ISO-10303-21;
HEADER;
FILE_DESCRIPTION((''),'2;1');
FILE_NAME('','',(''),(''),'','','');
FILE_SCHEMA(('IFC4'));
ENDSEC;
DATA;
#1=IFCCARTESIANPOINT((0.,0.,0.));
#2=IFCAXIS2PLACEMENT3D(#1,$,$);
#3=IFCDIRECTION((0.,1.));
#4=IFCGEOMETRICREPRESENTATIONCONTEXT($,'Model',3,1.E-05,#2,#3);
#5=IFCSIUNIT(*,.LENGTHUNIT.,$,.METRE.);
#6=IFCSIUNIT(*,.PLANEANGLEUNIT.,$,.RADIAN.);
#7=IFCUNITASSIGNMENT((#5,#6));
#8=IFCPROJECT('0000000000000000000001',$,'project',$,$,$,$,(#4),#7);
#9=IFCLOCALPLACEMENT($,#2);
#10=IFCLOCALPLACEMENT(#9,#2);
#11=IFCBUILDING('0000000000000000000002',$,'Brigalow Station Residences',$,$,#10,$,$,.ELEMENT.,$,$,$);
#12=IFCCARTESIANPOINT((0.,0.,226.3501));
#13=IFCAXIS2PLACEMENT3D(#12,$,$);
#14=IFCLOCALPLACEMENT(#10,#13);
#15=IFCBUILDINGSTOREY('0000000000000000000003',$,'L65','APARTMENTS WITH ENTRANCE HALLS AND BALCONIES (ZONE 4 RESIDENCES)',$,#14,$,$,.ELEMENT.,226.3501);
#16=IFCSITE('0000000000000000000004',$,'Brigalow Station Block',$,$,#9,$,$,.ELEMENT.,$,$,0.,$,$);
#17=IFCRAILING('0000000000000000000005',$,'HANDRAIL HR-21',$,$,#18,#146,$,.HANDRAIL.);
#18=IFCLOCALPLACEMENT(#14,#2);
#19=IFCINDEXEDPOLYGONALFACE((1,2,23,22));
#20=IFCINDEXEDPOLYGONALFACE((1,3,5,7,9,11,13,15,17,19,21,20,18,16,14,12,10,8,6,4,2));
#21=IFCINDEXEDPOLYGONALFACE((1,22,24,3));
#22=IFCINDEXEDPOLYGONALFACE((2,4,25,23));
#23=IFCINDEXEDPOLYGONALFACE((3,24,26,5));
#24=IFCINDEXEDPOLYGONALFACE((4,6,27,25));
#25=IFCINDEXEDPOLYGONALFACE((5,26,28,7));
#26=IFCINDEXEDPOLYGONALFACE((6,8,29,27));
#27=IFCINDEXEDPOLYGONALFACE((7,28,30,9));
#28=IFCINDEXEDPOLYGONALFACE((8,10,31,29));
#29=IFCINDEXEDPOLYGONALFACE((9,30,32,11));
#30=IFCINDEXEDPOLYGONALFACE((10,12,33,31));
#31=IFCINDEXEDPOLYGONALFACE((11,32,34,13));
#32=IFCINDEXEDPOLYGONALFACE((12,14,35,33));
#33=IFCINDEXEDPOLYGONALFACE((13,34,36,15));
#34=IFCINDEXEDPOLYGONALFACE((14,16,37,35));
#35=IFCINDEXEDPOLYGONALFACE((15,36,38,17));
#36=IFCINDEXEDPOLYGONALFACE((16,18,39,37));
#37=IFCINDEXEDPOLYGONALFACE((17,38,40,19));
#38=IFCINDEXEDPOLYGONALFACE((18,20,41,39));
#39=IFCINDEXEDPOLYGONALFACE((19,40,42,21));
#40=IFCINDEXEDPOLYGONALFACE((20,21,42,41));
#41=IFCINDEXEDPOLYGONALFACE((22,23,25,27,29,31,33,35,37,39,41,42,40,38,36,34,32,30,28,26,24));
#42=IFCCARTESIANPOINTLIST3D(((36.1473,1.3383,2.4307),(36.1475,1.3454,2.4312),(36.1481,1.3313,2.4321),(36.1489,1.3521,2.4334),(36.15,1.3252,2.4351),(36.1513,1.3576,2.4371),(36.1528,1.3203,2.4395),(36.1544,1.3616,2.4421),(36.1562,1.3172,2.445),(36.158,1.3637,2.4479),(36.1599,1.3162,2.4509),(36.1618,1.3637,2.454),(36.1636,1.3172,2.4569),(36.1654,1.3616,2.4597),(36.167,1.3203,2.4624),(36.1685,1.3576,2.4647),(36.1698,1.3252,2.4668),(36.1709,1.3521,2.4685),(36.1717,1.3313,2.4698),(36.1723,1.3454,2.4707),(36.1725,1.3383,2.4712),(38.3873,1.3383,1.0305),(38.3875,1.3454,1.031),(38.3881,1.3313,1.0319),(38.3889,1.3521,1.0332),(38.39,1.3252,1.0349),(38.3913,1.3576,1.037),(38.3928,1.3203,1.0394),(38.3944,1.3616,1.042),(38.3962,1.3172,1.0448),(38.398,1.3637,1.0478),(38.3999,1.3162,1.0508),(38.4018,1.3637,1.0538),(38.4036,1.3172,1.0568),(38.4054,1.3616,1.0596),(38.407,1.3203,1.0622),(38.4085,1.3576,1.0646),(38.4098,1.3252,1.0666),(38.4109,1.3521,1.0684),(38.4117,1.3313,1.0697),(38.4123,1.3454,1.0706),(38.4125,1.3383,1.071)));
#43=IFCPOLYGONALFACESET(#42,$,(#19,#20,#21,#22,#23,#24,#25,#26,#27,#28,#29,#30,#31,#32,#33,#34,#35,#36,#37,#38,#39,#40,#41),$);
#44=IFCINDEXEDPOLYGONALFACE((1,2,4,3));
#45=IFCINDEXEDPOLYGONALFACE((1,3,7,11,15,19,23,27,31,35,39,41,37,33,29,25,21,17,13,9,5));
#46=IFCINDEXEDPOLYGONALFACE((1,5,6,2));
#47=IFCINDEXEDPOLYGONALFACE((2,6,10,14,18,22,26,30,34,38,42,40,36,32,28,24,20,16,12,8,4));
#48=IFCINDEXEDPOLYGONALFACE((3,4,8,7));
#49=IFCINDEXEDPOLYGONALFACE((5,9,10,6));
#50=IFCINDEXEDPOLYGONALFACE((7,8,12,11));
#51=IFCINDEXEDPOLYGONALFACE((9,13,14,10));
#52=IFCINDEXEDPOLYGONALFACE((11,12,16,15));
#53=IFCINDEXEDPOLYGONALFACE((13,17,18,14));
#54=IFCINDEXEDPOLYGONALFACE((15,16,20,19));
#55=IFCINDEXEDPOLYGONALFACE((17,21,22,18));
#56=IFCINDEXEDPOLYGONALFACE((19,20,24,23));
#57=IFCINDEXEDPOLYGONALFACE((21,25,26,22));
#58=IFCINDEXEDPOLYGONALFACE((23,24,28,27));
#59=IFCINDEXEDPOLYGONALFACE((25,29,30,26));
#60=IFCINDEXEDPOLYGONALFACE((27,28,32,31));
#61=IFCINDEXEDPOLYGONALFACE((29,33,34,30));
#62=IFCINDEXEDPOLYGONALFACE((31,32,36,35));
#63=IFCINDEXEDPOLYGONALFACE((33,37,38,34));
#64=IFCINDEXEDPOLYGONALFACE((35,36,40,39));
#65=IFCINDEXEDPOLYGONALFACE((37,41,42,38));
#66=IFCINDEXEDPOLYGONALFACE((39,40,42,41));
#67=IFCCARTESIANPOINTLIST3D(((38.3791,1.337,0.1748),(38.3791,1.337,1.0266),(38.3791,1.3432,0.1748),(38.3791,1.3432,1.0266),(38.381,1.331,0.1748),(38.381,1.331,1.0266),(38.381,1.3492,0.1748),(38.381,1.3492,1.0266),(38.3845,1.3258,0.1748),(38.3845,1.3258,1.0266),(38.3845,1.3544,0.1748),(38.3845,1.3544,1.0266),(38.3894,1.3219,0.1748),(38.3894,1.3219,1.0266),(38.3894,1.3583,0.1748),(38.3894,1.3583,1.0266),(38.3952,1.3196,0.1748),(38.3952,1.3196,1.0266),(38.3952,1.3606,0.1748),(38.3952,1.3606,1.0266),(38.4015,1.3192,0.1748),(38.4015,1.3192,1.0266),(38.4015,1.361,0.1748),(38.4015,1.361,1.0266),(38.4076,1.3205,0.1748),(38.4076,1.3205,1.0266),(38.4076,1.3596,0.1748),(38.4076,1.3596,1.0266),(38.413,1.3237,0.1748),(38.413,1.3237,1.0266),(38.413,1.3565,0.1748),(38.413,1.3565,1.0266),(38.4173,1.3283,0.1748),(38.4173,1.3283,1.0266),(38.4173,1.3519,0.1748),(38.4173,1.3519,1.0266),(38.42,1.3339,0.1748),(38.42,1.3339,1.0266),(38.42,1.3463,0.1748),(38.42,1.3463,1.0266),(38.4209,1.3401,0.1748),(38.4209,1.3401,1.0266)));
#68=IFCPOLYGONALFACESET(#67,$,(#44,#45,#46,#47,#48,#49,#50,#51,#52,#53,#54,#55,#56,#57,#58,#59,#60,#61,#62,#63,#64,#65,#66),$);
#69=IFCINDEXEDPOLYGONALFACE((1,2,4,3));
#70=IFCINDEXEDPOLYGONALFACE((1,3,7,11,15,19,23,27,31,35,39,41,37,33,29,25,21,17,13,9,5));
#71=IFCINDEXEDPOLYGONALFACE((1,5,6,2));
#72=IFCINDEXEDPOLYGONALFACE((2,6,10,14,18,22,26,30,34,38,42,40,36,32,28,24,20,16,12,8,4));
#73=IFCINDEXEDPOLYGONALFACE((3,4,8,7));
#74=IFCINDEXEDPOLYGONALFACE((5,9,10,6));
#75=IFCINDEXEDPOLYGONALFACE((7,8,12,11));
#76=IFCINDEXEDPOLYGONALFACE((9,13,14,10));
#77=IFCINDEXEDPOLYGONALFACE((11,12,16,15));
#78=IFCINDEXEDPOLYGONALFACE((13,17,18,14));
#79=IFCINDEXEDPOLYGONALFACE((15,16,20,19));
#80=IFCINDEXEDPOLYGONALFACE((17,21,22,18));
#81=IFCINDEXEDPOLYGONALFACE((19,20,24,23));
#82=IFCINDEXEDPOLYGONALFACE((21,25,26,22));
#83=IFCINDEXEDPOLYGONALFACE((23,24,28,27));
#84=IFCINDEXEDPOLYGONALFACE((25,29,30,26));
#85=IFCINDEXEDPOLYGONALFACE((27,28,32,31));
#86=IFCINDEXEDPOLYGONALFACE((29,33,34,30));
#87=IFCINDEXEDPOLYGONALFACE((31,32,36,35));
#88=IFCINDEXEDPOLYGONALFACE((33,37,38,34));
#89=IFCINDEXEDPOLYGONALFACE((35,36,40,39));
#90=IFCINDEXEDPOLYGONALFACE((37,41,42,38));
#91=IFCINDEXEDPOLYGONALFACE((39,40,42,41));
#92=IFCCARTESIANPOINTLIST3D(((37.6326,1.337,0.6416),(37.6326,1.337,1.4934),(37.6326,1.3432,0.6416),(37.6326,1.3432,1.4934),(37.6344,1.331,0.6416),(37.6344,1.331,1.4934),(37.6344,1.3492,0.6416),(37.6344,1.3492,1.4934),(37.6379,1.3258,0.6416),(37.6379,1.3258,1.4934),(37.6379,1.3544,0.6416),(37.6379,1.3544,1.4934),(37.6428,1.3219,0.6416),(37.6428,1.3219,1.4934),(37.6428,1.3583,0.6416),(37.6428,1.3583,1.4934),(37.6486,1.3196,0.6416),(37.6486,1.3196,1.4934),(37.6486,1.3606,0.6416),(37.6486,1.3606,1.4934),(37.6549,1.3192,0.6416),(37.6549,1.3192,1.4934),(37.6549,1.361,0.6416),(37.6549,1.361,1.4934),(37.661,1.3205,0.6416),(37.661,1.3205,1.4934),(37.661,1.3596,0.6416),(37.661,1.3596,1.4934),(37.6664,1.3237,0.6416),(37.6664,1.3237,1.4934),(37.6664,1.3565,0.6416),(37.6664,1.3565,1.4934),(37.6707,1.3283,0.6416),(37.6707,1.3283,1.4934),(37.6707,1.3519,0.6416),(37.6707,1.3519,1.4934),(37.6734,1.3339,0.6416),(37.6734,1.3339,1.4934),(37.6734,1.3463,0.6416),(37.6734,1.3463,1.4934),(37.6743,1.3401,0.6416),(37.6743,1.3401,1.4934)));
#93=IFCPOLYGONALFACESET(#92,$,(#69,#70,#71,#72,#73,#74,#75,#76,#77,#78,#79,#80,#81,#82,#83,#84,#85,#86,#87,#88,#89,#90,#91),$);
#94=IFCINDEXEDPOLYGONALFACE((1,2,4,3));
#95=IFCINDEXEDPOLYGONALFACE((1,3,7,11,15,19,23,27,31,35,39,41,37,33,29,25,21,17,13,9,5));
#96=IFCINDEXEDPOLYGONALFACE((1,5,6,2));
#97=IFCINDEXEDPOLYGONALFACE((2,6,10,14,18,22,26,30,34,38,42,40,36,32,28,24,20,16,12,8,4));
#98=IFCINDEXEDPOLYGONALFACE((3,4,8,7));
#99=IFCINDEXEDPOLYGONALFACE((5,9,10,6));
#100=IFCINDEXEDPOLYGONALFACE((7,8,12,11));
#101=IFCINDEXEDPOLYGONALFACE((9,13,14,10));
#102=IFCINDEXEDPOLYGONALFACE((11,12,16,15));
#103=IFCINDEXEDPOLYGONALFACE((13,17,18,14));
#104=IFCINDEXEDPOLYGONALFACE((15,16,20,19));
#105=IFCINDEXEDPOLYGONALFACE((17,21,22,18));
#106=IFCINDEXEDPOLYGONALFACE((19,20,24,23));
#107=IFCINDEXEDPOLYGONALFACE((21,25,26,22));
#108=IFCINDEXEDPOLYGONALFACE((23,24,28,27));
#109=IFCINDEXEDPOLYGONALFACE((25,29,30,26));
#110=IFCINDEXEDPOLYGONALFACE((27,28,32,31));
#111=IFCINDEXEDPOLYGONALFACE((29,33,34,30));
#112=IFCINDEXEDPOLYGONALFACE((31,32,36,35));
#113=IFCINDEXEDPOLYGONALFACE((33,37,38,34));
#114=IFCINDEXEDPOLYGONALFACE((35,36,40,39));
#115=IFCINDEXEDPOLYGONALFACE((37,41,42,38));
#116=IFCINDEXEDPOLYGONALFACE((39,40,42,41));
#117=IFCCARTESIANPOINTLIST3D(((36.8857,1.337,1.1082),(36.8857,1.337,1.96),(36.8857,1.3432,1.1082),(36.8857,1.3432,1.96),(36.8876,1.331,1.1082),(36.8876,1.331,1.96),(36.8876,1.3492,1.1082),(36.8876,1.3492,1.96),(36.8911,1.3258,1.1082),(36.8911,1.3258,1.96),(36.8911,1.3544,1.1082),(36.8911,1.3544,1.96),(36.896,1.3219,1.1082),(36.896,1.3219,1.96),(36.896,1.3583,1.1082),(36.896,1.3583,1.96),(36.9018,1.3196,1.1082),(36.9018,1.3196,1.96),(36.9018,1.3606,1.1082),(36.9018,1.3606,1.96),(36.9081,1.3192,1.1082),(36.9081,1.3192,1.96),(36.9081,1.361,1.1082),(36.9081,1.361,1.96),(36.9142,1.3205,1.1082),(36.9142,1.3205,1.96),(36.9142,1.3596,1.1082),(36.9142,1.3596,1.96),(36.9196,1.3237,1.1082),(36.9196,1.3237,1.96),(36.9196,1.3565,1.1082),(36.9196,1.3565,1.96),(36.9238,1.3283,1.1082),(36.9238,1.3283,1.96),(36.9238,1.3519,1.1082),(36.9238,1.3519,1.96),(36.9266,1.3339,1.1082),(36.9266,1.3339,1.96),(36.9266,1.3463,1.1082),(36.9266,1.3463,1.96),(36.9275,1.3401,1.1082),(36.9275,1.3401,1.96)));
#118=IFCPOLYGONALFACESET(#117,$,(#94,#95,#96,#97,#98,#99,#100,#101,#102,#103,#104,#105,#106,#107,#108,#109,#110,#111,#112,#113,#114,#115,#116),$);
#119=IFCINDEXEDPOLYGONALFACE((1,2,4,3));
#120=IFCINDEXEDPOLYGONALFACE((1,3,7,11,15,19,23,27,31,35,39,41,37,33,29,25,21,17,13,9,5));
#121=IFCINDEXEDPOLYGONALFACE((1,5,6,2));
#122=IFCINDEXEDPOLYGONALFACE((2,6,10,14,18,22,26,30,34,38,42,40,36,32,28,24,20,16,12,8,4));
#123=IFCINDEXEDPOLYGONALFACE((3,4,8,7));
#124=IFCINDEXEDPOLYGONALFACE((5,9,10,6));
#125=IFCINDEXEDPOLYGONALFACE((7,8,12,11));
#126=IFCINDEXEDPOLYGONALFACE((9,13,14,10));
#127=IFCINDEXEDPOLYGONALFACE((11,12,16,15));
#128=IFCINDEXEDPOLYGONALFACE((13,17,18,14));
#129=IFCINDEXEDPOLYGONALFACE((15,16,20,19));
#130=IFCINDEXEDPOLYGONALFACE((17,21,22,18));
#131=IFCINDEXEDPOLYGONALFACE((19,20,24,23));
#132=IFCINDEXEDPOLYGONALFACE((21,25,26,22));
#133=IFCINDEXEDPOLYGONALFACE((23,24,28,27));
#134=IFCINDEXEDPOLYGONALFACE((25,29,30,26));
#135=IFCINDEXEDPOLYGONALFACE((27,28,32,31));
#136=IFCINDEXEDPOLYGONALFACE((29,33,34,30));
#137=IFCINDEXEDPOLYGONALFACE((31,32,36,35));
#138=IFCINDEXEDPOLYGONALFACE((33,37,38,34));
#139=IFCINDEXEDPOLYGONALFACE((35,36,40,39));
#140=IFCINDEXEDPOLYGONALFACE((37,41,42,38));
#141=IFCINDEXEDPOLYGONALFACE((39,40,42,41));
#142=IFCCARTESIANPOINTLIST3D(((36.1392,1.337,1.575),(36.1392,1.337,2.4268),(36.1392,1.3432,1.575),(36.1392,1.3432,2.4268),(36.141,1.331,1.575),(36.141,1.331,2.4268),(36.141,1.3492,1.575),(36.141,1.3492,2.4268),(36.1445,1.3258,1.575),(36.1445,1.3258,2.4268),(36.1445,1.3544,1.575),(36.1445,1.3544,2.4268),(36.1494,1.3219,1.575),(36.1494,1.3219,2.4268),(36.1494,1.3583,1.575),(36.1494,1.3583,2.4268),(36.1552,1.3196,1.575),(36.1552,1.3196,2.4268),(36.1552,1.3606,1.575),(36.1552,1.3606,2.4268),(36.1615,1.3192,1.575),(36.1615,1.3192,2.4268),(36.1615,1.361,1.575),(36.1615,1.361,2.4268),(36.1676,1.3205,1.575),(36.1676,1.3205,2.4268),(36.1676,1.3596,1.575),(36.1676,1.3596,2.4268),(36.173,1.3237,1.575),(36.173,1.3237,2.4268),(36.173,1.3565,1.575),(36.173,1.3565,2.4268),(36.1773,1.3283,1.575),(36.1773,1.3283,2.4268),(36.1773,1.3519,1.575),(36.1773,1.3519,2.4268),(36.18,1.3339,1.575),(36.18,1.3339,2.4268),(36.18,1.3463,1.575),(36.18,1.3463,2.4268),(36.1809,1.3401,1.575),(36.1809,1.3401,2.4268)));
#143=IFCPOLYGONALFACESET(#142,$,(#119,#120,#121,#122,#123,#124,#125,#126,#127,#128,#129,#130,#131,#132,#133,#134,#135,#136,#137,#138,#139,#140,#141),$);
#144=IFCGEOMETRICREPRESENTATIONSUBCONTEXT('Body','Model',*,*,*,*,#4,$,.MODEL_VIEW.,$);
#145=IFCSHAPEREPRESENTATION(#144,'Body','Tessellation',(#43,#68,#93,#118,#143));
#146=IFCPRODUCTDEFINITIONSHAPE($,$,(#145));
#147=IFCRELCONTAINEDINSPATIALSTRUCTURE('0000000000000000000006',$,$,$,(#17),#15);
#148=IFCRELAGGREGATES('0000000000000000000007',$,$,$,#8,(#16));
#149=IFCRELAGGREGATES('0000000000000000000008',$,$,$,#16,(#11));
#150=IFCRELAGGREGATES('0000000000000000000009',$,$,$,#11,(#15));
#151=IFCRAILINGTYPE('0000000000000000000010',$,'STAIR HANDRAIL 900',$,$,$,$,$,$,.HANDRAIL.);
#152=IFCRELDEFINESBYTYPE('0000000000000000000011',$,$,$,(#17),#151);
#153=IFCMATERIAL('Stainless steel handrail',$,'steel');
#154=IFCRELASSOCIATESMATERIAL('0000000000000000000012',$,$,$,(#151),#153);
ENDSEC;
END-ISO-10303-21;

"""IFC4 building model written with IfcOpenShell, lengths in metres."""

from ifc_helpers import new_model, si_unit, direction, frame, origin, origin_2d, place, context, subcontext, project, spatial, circle, extrude, material, type_object, element, save


model = new_model("IFC4")

# Units and contexts
model_context = context("Model", 3, precision=1e-05, world=origin(), true_north=direction((0.0, 1.0)))
body_context = subcontext(model_context, "Body", "Model", "MODEL_VIEW")
ifc_project = project(units=[si_unit("LENGTHUNIT", "METRE"), si_unit("PLANEANGLEUNIT", "RADIAN")], contexts=[model_context])

# Site, building, storey
site_placement = place(None, origin())
site = spatial("IfcSite", under=ifc_project, at=site_placement, Name="Brigalow Station Block", CompositionType="ELEMENT", RefElevation=0.0)
building_placement = place(site_placement, origin())
building = spatial("IfcBuilding", under=site, at=building_placement, Name="Brigalow Station Residences", CompositionType="ELEMENT")
storey_placement = place(building_placement, frame((0.0, 0.0, 226.3501)))
storey = spatial("IfcBuildingStorey", under=building, at=storey_placement, Name="L65", Description="APARTMENTS WITH ENTRANCE HALLS AND BALCONIES (ZONE 4 RESIDENCES)", CompositionType="ELEMENT", Elevation=226.3501)

# Railing
ifc_material_1 = material(Name="Stainless steel handrail", Category="steel")
railing_type_1 = type_object("IfcRailingType", Name="STAIR HANDRAIL 900", PredefinedType="HANDRAIL", material=ifc_material_1)
railing_1_placement = place(storey_placement, frame((38.3999, 1.3401, 0.1748)))
element("IfcRailing", 1, at=railing_1_placement, inside=storey, type_object=railing_type_1, Name="HANDRAIL HR-21", PredefinedType="HANDRAIL", context=body_context, shape_type="SweptSolid", body=[
    extrude(circle(Radius=0.0239, at=origin_2d()), frame((0.0, 0.0, 0.876), z_axis=(-0.847972, 0.0, 0.53004), x_axis=(0.0, -1.0, 0.0)), (0.0, 0.0, 1.0), 2.6416),
    extrude(circle(Radius=0.021, at=origin_2d()), origin(), (0.0, 0.0, 1.0), 0.8518),
    extrude(circle(Radius=0.021, at=origin_2d()), frame((-0.7466, 0.0, 0.4668)), (0.0, 0.0, 1.0), 0.8518),
    extrude(circle(Radius=0.021, at=origin_2d()), frame((-1.4934, 0.0, 0.9333)), (0.0, 0.0, 1.0), 0.8518),
    extrude(circle(Radius=0.021, at=origin_2d()), frame((-2.24, 0.0, 1.4001)), (0.0, 0.0, 1.0), 0.8518),
])

save(model, "model.ifc")
